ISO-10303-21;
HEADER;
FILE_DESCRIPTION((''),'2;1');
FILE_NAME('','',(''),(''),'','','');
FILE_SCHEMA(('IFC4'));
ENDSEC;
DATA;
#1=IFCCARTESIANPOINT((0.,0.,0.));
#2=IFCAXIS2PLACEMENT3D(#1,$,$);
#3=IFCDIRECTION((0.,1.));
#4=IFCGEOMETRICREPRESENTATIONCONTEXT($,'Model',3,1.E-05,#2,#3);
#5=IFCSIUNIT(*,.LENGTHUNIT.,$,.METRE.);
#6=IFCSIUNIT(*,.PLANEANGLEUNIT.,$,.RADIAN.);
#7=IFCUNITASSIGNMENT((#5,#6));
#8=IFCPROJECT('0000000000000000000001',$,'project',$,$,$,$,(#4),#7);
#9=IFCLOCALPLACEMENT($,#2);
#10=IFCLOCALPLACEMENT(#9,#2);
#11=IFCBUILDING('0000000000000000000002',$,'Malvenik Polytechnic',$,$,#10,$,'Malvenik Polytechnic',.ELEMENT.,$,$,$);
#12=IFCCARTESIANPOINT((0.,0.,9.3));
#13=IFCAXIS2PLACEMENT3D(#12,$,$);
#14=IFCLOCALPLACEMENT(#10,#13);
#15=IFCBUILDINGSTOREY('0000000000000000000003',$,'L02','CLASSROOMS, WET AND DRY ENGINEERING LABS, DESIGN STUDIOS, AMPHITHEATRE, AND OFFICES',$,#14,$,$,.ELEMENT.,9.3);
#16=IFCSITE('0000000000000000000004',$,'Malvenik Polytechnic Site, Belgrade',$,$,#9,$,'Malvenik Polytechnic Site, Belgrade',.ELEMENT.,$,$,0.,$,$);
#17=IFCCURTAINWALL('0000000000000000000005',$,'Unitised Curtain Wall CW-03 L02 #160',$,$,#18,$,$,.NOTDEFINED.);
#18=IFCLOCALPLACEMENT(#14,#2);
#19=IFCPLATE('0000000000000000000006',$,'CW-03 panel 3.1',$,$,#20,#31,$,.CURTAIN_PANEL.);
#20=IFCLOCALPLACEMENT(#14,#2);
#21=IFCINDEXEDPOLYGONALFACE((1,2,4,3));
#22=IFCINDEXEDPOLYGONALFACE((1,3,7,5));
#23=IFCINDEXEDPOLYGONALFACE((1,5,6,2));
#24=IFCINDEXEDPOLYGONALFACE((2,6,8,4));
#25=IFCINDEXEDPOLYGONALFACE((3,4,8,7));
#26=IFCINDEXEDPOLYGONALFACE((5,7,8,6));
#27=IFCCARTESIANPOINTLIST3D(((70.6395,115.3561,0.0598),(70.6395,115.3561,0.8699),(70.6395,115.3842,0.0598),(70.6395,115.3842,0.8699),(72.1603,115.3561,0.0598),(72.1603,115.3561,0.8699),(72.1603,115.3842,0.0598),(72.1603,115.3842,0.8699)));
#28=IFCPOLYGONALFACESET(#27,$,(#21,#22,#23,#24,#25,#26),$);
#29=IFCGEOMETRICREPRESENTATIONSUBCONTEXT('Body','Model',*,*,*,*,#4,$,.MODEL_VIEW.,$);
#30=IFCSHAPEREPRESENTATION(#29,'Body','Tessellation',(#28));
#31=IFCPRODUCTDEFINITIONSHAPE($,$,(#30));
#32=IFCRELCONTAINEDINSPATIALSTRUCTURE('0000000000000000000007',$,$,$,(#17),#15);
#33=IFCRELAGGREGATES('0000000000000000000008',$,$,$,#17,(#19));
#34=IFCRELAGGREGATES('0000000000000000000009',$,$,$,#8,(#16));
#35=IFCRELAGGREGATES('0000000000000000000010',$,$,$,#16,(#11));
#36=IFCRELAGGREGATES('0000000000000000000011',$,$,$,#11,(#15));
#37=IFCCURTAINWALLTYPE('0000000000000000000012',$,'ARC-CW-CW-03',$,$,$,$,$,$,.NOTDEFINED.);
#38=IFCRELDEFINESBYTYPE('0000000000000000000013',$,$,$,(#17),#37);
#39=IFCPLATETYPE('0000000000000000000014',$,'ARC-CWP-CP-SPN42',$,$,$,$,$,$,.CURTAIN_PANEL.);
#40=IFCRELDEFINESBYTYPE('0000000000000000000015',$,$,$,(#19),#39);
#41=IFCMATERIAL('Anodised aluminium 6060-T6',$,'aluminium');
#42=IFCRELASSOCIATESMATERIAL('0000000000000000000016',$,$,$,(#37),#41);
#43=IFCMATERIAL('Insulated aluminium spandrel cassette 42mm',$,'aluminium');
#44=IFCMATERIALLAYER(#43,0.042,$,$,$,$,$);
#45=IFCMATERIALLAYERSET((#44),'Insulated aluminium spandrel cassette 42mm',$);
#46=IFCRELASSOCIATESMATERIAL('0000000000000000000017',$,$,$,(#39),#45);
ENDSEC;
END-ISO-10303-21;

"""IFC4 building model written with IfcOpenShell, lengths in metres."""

from ifc_helpers import new_model, si_unit, direction, frame, origin, origin_2d, place, context, subcontext, project, spatial, rectangle, extrude, material, layer, layer_set, type_object, element, aggregate, save


model = new_model("IFC4")

# Units and contexts
model_context = context("Model", 3, precision=1e-05, world=origin(), true_north=direction((0.0, 1.0)))
body_context = subcontext(model_context, "Body", "Model", "MODEL_VIEW")
ifc_project = project(units=[si_unit("LENGTHUNIT", "METRE"), si_unit("PLANEANGLEUNIT", "RADIAN")], contexts=[model_context])

# Site, building, storey
site_placement = place(None, origin())
site = spatial("IfcSite", under=ifc_project, at=site_placement, Name="Malvenik Polytechnic Site, Belgrade", LongName="Malvenik Polytechnic Site, Belgrade", CompositionType="ELEMENT", RefElevation=0.0)
building_placement = place(site_placement, origin())
building = spatial("IfcBuilding", under=site, at=building_placement, Name="Malvenik Polytechnic", LongName="Malvenik Polytechnic", CompositionType="ELEMENT")
storey_placement = place(building_placement, frame((0.0, 0.0, 9.3)))
storey = spatial("IfcBuildingStorey", under=building, at=storey_placement, Name="L02", Description="CLASSROOMS, WET AND DRY ENGINEERING LABS, DESIGN STUDIOS, AMPHITHEATRE, AND OFFICES", CompositionType="ELEMENT", Elevation=9.3)

# Shared definitions
ifc_material_1 = material(Name="Anodised aluminium 6060-T6", Category="aluminium")
curtain_wall_type = type_object("IfcCurtainWallType", Name="ARC-CW-CW-03", PredefinedType="NOTDEFINED", material=ifc_material_1)

# Curtain wall
curtain_wall_1_placement = place(storey_placement, origin())
curtain_wall_1 = element("IfcCurtainWall", 1, at=curtain_wall_1_placement, inside=storey, type_object=curtain_wall_type, Name="Unitised Curtain Wall CW-03 L02 #160", PredefinedType="NOTDEFINED")

# Plate
ifc_material_2 = material(Name="Insulated aluminium spandrel cassette 42mm", Category="aluminium")
ifc_layer_1 = layer(ifc_material_2, 0.042)
ifc_layer_set_1 = layer_set([ifc_layer_1], Name="Insulated aluminium spandrel cassette 42mm")
plate_type_1 = type_object("IfcPlateType", Name="ARC-CWP-CP-SPN42", PredefinedType="CURTAIN_PANEL", material=ifc_layer_set_1)
plate_1_placement = place(storey_placement, frame((71.3999, 115.3701, 0.0598), z_axis=(0.0, 0.0, 1.0), x_axis=(-1.0, 0.0, 0.0)))
plate_1 = element("IfcPlate", 2, at=plate_1_placement, type_object=plate_type_1, Name="CW-03 panel 3.1", PredefinedType="CURTAIN_PANEL", context=body_context, shape_type="SweptSolid", body=[
    extrude(rectangle(XDim=1.5208, YDim=0.0281, at=origin_2d()), origin(), (0.0, 0.0, 1.0), 0.8101),
])
aggregate(curtain_wall_1, [plate_1])

save(model, "model.ifc")
